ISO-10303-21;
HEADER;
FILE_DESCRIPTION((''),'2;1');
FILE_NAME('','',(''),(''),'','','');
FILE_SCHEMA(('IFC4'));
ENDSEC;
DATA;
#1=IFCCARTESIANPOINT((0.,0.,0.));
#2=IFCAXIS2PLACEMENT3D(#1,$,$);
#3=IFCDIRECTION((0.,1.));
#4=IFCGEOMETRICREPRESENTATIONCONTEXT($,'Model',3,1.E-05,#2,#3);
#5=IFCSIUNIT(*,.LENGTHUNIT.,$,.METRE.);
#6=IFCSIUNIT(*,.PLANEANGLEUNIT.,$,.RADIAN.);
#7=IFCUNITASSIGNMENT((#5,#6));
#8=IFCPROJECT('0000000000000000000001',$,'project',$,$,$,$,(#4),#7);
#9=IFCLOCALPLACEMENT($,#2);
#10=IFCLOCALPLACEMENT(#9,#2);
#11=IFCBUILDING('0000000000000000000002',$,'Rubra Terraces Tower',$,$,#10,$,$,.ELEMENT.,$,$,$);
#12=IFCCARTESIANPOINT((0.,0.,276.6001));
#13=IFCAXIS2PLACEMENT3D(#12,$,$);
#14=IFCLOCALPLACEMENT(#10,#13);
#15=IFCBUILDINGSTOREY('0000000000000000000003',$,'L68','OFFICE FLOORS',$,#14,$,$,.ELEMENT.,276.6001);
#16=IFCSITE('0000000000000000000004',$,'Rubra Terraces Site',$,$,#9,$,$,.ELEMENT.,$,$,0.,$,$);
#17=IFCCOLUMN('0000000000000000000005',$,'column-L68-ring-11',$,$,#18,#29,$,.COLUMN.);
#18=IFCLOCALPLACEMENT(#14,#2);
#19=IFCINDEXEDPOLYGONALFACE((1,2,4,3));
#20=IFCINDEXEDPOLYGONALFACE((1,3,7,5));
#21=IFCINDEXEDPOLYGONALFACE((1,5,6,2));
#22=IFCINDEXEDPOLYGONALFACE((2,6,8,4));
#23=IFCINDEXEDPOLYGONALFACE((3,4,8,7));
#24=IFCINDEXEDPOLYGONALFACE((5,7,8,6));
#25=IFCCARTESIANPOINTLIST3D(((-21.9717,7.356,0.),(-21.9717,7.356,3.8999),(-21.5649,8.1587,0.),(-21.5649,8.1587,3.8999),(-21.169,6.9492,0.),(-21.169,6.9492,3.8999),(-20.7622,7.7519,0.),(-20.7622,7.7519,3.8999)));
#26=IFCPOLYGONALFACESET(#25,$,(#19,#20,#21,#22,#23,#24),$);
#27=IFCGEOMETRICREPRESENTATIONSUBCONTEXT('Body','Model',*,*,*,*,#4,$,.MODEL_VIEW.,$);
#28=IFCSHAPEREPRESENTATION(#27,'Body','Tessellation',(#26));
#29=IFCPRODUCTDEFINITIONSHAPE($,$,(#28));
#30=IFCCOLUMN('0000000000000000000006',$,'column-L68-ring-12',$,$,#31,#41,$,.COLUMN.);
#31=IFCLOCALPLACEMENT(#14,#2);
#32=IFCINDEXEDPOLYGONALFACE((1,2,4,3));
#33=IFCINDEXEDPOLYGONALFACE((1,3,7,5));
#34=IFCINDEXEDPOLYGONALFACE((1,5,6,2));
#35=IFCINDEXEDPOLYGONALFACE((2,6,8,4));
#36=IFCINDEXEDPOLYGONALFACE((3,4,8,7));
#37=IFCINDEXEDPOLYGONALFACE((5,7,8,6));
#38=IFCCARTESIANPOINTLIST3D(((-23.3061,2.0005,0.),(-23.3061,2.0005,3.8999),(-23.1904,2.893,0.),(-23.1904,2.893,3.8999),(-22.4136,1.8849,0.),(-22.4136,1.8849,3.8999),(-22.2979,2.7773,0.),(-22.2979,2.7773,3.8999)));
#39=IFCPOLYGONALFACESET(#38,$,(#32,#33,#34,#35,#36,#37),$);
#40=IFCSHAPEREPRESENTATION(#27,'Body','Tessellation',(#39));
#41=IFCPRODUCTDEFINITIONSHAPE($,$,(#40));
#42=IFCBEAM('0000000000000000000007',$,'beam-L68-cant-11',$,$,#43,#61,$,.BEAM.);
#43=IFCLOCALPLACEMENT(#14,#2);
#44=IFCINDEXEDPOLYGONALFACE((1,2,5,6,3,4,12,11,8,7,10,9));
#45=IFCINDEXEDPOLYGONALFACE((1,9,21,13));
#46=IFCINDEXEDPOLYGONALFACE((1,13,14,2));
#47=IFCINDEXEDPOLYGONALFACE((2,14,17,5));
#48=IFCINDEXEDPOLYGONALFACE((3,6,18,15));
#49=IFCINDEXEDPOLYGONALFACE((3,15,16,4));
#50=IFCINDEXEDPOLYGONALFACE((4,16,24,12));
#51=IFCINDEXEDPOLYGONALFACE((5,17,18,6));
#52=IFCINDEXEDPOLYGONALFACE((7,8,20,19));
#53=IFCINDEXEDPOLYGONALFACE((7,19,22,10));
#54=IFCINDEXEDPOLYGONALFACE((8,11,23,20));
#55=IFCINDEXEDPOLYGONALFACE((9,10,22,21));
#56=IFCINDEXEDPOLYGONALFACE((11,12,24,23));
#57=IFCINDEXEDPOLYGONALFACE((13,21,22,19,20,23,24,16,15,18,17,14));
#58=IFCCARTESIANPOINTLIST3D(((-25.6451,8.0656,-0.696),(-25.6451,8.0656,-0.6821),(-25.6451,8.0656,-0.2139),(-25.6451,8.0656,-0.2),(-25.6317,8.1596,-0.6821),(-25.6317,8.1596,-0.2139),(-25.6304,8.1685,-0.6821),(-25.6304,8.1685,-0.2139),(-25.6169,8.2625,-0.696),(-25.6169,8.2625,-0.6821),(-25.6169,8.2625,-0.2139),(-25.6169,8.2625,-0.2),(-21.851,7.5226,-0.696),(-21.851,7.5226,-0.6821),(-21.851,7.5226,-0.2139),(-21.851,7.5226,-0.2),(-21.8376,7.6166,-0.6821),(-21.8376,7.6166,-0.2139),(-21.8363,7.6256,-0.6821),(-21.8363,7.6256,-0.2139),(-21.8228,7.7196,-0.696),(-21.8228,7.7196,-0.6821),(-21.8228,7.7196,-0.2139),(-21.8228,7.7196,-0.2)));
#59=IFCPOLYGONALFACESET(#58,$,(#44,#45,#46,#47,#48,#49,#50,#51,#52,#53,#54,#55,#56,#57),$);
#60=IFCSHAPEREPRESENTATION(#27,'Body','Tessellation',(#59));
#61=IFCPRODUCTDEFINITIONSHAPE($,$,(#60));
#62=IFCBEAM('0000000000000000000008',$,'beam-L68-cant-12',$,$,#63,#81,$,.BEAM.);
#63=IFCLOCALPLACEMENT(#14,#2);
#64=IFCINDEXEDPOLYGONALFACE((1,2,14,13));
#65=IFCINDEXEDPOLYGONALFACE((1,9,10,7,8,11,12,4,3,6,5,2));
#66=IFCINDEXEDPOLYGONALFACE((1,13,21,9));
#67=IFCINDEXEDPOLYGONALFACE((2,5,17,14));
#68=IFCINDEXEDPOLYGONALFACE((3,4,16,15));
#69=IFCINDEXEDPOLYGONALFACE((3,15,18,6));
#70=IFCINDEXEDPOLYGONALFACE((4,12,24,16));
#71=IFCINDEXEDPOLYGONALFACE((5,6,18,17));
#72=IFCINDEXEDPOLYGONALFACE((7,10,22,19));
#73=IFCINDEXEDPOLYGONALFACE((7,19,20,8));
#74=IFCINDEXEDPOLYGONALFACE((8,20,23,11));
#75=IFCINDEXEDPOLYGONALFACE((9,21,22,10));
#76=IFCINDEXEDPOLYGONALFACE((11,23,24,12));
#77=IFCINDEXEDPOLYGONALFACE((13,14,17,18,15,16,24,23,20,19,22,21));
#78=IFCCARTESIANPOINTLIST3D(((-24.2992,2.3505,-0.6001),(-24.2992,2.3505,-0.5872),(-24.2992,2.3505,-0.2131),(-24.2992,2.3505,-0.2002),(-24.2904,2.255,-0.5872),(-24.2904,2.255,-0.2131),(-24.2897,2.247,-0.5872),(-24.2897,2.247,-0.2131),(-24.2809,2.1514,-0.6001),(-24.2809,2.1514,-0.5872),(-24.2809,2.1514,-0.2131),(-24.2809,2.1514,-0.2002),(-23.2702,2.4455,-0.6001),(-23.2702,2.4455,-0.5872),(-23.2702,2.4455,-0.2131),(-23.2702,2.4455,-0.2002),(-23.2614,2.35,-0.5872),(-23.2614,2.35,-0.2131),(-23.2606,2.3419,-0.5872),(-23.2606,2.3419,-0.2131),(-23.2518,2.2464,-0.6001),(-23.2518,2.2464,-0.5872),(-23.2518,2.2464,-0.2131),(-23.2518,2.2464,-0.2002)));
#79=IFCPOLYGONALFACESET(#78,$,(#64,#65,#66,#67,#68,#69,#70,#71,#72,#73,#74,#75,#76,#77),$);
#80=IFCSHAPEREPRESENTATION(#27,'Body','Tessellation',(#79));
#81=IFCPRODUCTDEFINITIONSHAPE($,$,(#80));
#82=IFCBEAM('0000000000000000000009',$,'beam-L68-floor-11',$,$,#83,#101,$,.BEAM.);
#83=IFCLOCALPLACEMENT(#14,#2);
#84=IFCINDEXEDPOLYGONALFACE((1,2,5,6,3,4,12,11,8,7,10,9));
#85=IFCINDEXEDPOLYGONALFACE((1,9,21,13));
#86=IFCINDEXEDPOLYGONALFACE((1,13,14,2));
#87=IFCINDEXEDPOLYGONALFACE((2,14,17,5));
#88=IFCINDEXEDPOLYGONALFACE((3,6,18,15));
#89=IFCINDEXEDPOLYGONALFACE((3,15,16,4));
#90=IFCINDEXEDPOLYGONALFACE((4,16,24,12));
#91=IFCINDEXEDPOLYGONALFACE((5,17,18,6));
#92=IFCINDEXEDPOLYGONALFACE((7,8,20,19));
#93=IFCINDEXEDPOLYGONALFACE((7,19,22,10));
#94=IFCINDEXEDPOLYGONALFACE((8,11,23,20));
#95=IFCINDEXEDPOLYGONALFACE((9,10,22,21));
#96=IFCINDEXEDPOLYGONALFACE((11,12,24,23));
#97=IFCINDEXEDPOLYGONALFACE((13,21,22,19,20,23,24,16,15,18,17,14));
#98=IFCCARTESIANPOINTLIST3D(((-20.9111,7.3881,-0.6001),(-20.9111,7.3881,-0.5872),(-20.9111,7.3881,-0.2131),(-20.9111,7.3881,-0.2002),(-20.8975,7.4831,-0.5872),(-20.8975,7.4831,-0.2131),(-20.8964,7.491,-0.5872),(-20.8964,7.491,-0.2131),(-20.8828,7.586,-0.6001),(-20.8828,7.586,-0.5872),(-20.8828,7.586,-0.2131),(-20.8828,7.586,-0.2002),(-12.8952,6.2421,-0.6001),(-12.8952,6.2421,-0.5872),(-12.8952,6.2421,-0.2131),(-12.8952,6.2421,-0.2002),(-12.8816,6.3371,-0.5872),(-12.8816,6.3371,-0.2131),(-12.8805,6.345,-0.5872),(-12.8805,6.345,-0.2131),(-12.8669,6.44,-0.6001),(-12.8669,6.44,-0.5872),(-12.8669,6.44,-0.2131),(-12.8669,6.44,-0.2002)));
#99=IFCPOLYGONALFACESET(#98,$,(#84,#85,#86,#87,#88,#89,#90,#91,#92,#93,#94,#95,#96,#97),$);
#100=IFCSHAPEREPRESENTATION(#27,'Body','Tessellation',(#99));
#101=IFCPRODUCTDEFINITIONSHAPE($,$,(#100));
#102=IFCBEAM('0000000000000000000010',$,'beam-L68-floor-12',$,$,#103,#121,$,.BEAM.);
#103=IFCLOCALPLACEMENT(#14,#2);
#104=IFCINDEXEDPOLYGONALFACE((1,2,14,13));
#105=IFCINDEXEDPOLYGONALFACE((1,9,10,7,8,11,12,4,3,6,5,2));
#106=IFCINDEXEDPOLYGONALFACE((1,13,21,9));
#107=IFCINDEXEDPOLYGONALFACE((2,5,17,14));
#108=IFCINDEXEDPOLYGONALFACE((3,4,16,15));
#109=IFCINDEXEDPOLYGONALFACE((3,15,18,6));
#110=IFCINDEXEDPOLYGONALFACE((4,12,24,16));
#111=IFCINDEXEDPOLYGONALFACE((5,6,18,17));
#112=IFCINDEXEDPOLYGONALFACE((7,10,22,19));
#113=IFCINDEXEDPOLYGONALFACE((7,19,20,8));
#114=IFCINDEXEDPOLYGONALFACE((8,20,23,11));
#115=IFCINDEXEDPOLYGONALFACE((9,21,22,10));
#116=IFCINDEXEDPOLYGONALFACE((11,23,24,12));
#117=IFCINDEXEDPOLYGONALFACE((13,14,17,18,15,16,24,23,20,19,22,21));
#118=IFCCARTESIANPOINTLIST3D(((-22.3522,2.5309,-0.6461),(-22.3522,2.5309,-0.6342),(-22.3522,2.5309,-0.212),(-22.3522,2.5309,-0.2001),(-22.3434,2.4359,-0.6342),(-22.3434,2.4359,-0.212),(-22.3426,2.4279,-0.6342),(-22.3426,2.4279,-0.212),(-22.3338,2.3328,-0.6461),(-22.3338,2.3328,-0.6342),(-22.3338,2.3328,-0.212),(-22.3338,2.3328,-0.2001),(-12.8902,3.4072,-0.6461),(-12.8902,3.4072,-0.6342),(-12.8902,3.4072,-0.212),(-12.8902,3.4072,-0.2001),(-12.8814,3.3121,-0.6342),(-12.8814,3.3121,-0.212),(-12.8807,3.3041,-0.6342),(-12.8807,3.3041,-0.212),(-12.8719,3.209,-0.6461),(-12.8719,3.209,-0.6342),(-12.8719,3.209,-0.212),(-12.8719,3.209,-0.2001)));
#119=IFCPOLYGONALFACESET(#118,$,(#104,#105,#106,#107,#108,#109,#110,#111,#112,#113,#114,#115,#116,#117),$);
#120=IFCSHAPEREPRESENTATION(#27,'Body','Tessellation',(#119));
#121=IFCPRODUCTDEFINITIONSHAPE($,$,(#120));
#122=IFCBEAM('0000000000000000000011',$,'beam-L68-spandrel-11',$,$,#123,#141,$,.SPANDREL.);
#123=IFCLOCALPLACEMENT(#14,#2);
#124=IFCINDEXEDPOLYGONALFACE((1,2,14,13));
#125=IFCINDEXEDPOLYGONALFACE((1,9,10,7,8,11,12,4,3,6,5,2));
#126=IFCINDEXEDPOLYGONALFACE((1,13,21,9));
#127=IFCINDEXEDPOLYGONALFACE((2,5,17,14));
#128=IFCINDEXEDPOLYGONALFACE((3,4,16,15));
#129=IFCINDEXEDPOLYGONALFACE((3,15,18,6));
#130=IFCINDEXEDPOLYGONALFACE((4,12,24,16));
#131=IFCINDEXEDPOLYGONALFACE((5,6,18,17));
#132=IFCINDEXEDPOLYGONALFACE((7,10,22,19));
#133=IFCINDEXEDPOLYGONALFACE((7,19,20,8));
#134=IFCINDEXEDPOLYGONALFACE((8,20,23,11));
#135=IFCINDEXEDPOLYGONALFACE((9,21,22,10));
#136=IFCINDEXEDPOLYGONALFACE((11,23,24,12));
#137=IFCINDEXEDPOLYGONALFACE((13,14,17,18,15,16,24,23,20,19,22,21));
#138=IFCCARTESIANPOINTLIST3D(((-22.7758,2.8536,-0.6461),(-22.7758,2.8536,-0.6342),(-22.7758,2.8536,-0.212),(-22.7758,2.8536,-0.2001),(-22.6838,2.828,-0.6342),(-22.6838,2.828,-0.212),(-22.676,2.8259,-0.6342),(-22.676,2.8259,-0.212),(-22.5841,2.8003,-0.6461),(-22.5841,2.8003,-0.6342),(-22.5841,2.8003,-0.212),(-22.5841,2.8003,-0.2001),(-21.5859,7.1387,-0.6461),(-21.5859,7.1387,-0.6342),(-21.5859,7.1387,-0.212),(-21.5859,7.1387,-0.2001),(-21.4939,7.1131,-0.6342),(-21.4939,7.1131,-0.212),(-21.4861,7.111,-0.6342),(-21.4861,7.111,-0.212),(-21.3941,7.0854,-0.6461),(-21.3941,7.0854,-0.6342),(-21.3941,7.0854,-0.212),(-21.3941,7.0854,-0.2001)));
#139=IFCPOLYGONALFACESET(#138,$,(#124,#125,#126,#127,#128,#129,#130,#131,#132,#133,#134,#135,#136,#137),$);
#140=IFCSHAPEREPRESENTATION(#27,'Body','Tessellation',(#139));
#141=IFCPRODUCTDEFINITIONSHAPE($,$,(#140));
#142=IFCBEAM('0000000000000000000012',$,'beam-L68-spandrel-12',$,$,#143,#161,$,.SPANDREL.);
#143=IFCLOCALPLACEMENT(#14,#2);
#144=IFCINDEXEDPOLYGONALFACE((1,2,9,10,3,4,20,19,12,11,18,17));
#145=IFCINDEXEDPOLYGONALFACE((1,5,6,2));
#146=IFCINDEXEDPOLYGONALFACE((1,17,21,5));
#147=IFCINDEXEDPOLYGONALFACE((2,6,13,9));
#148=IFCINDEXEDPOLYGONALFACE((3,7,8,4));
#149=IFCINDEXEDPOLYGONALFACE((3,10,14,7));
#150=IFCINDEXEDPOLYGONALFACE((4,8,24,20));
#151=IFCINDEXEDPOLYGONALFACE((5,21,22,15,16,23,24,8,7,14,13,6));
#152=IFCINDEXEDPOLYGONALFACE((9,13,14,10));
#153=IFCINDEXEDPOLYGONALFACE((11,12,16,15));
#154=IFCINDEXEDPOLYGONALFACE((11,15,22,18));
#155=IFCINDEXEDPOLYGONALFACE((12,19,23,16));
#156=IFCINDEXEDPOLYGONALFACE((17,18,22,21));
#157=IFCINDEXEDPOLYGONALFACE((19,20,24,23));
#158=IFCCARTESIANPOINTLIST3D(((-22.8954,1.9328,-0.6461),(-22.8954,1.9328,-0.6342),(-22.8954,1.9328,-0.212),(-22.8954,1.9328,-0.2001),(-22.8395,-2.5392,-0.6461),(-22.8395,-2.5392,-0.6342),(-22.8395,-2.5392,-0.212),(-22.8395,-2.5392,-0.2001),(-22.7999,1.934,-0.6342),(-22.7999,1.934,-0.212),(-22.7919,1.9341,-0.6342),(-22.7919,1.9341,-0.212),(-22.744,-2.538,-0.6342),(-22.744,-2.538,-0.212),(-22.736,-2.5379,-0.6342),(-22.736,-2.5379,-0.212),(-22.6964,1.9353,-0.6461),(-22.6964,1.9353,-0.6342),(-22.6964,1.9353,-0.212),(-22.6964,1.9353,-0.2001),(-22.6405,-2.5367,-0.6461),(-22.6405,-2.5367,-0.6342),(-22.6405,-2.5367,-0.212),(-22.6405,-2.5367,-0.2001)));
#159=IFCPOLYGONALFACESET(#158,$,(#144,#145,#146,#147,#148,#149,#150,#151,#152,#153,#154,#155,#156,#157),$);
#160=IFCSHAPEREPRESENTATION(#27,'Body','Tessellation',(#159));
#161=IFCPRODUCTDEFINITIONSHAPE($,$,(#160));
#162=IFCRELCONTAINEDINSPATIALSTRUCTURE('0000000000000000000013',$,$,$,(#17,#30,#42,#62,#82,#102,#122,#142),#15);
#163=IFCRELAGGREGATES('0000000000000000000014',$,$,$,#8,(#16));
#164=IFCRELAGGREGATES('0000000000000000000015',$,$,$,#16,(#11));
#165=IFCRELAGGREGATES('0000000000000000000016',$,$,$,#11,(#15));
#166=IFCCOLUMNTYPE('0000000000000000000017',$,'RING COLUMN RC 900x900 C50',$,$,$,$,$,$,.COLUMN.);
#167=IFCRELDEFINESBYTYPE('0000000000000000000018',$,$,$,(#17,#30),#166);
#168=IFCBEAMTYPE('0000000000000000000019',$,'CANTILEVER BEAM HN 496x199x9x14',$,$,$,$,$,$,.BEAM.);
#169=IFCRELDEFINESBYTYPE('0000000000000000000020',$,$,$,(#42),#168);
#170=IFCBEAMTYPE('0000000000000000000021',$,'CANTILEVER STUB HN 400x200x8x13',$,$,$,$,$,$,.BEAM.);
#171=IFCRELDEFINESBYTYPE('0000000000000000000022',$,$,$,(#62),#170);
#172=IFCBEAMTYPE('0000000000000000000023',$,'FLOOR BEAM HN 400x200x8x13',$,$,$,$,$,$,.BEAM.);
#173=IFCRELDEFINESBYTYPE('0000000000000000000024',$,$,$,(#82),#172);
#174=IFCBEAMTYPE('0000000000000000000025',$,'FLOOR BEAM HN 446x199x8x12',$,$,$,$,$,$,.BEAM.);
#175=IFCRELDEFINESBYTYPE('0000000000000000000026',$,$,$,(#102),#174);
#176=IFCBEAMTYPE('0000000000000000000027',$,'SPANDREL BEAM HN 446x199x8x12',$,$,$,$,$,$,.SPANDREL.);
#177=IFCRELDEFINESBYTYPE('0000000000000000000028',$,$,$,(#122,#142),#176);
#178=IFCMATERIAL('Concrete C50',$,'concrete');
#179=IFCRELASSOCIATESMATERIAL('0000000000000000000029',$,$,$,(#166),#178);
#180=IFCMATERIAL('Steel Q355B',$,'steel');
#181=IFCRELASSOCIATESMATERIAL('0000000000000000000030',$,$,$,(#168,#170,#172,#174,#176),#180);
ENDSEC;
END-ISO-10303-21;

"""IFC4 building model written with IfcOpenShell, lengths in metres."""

from ifc_helpers import new_model, si_unit, direction, frame, origin, origin_2d, place, context, subcontext, project, spatial, rectangle, i_section, extrude, material, material_profile, profile_set, type_object, element, save


model = new_model("IFC4")

# Units and contexts
model_context = context("Model", 3, precision=1e-05, world=origin(), true_north=direction((0.0, 1.0)))
body_context = subcontext(model_context, "Body", "Model", "MODEL_VIEW")
ifc_project = project(units=[si_unit("LENGTHUNIT", "METRE"), si_unit("PLANEANGLEUNIT", "RADIAN")], contexts=[model_context])

# Site, building, storey
site_placement = place(None, origin())
site = spatial("IfcSite", under=ifc_project, at=site_placement, Name="Rubra Terraces Site", CompositionType="ELEMENT", RefElevation=0.0)
building_placement = place(site_placement, origin())
building = spatial("IfcBuilding", under=site, at=building_placement, Name="Rubra Terraces Tower", CompositionType="ELEMENT")
storey_placement = place(building_placement, frame((0.0, 0.0, 276.6001)))
storey = spatial("IfcBuildingStorey", under=building, at=storey_placement, Name="L68", Description="OFFICE FLOORS", CompositionType="ELEMENT", Elevation=276.6001)

# Columns
ifc_material_1 = material(Name="Concrete C50", Category="concrete")
ifc_material_profile_1 = material_profile(ifc_material_1, rectangle(XDim=0.8999, YDim=0.8999, at=origin_2d()), Name="RC 900x900")
ifc_profile_set_1 = profile_set([ifc_material_profile_1], Name="Concrete C50")
column_type = type_object("IfcColumnType", Name="RING COLUMN RC 900x900 C50", PredefinedType="COLUMN", material=ifc_profile_set_1)
for number, where, z_axis, x_axis, name in (
    (1, (-21.3669, 7.554, 0.0), (0.0, 0.0, 1.0), (-0.452079, -0.891978, 0.0), "column-L68-ring-11"),
    (2, (-22.802, 2.3889, 0.0), (0.0, 0.0, 1.0), (-0.128535, -0.991705, 0.0), "column-L68-ring-12"),
):
    element("IfcColumn", number, at=place(storey_placement, frame(where, z_axis=z_axis, x_axis=x_axis)), inside=storey, type_object=column_type, Name=name, PredefinedType="COLUMN", context=body_context, shape_type="SweptSolid", body=[
        extrude(rectangle(XDim=0.8999, YDim=0.8999, at=origin_2d()), origin(), (0.0, 0.0, 1.0), 3.8999),
    ])

# Beams
ifc_material_2 = material(Name="Steel Q355B", Category="steel")
ifc_material_profile_2 = material_profile(ifc_material_2, i_section(OverallWidth=0.199, OverallDepth=0.4961, WebThickness=0.009, FlangeThickness=0.0139, at=origin_2d()), Name="HN 496x199x9x14")
ifc_profile_set_2 = profile_set([ifc_material_profile_2], Name="Steel Q355B")
beam_type_1 = type_object("IfcBeamType", Name="CANTILEVER BEAM HN 496x199x9x14", PredefinedType="BEAM", material=ifc_profile_set_2)
beam_1_placement = place(storey_placement, frame((-21.8369, 7.6211, -0.448), z_axis=(-0.989915, 0.141662, 0.0), x_axis=(-0.141662, -0.989915, 0.0)))
element("IfcBeam", 3, at=beam_1_placement, inside=storey, type_object=beam_type_1, Name="beam-L68-cant-11", PredefinedType="BEAM", context=body_context, shape_type="SweptSolid", body=[
    extrude(i_section(OverallWidth=0.199, OverallDepth=0.4961, WebThickness=0.009, FlangeThickness=0.0139, at=origin_2d()), origin(), (0.0, 0.0, 1.0), 3.8328),
])
ifc_material_profile_3 = material_profile(ifc_material_2, i_section(OverallWidth=0.2, OverallDepth=0.3999, WebThickness=0.0081, FlangeThickness=0.0129, at=origin_2d()), Name="HN 400x200x8x13")
ifc_profile_set_3 = profile_set([ifc_material_profile_3], Name="Steel Q355B")
beam_type_2 = type_object("IfcBeamType", Name="CANTILEVER STUB HN 400x200x8x13", PredefinedType="BEAM", material=ifc_profile_set_3)
beam_2_placement = place(storey_placement, frame((-23.261, 2.3459, -0.4001), z_axis=(-0.995768, -0.091899, 0.0), x_axis=(0.091899, -0.995768, 0.0)))
element("IfcBeam", 4, at=beam_2_placement, inside=storey, type_object=beam_type_2, Name="beam-L68-cant-12", PredefinedType="BEAM", context=body_context, shape_type="SweptSolid", body=[
    extrude(i_section(OverallWidth=0.2, OverallDepth=0.3999, WebThickness=0.0081, FlangeThickness=0.0129, at=origin_2d()), origin(), (0.0, 0.0, 1.0), 1.0334),
])
ifc_material_profile_4 = material_profile(ifc_material_2, i_section(OverallWidth=0.2, OverallDepth=0.3999, WebThickness=0.0081, FlangeThickness=0.0129, at=origin_2d()), Name="HN 400x200x8x13")
ifc_profile_set_4 = profile_set([ifc_material_profile_4], Name="Steel Q355B")
beam_type_3 = type_object("IfcBeamType", Name="FLOOR BEAM HN 400x200x8x13", PredefinedType="BEAM", material=ifc_profile_set_4)
beam_3_placement = place(storey_placement, frame((-20.897, 7.4871, -0.4001), z_axis=(0.989934, -0.141527, 0.0), x_axis=(0.141527, 0.989934, 0.0)))
element("IfcBeam", 5, at=beam_3_placement, inside=storey, type_object=beam_type_3, Name="beam-L68-floor-11", PredefinedType="BEAM", context=body_context, shape_type="SweptSolid", body=[
    extrude(i_section(OverallWidth=0.2, OverallDepth=0.3999, WebThickness=0.0081, FlangeThickness=0.0129, at=origin_2d()), origin(), (0.0, 0.0, 1.0), 8.0974),
])
ifc_material_profile_5 = material_profile(ifc_material_2, i_section(OverallWidth=0.199, OverallDepth=0.446, WebThickness=0.0081, FlangeThickness=0.012, at=origin_2d()), Name="HN 446x199x8x12")
ifc_profile_set_5 = profile_set([ifc_material_profile_5], Name="Steel Q355B")
beam_type_4 = type_object("IfcBeamType", Name="FLOOR BEAM HN 446x199x8x12", PredefinedType="BEAM", material=ifc_profile_set_5)
beam_4_placement = place(storey_placement, frame((-22.343, 2.4319, -0.4231), z_axis=(0.99574, 0.09221, 0.0), x_axis=(-0.09221, 0.99574, 0.0)))
element("IfcBeam", 6, at=beam_4_placement, inside=storey, type_object=beam_type_4, Name="beam-L68-floor-12", PredefinedType="BEAM", context=body_context, shape_type="SweptSolid", body=[
    extrude(i_section(OverallWidth=0.199, OverallDepth=0.446, WebThickness=0.0081, FlangeThickness=0.012, at=origin_2d()), origin(), (0.0, 0.0, 1.0), 9.5024),
])
ifc_material_profile_6 = material_profile(ifc_material_2, i_section(OverallWidth=0.199, OverallDepth=0.446, WebThickness=0.0081, FlangeThickness=0.012, at=origin_2d()), Name="HN 446x199x8x12")
ifc_profile_set_6 = profile_set([ifc_material_profile_6], Name="Steel Q355B")
beam_type_5 = type_object("IfcBeamType", Name="SPANDREL BEAM HN 446x199x8x12", PredefinedType="SPANDREL", material=ifc_profile_set_6)
beam_5_placement = place(storey_placement, frame((-21.49, 7.1121, -0.4231), z_axis=(-0.267565, -0.96354, 0.0), x_axis=(0.96354, -0.267565, 0.0)))
element("IfcBeam", 7, at=beam_5_placement, inside=storey, type_object=beam_type_5, Name="beam-L68-spandrel-11", PredefinedType="SPANDREL", context=body_context, shape_type="SweptSolid", body=[
    extrude(i_section(OverallWidth=0.199, OverallDepth=0.446, WebThickness=0.0081, FlangeThickness=0.012, at=origin_2d()), origin(), (0.0, 0.0, 1.0), 4.4473),
])
beam_6_placement = place(storey_placement, frame((-22.7959, 1.9341, -0.4231), z_axis=(0.0125, -0.999922, 0.0), x_axis=(0.999922, 0.0125, 0.0)))
element("IfcBeam", 8, at=beam_6_placement, inside=storey, type_object=beam_type_5, Name="beam-L68-spandrel-12", PredefinedType="SPANDREL", context=body_context, shape_type="SweptSolid", body=[
    extrude(i_section(OverallWidth=0.199, OverallDepth=0.446, WebThickness=0.0081, FlangeThickness=0.012, at=origin_2d()), origin(), (0.0, 0.0, 1.0), 4.4724),
])

save(model, "model.ifc")
